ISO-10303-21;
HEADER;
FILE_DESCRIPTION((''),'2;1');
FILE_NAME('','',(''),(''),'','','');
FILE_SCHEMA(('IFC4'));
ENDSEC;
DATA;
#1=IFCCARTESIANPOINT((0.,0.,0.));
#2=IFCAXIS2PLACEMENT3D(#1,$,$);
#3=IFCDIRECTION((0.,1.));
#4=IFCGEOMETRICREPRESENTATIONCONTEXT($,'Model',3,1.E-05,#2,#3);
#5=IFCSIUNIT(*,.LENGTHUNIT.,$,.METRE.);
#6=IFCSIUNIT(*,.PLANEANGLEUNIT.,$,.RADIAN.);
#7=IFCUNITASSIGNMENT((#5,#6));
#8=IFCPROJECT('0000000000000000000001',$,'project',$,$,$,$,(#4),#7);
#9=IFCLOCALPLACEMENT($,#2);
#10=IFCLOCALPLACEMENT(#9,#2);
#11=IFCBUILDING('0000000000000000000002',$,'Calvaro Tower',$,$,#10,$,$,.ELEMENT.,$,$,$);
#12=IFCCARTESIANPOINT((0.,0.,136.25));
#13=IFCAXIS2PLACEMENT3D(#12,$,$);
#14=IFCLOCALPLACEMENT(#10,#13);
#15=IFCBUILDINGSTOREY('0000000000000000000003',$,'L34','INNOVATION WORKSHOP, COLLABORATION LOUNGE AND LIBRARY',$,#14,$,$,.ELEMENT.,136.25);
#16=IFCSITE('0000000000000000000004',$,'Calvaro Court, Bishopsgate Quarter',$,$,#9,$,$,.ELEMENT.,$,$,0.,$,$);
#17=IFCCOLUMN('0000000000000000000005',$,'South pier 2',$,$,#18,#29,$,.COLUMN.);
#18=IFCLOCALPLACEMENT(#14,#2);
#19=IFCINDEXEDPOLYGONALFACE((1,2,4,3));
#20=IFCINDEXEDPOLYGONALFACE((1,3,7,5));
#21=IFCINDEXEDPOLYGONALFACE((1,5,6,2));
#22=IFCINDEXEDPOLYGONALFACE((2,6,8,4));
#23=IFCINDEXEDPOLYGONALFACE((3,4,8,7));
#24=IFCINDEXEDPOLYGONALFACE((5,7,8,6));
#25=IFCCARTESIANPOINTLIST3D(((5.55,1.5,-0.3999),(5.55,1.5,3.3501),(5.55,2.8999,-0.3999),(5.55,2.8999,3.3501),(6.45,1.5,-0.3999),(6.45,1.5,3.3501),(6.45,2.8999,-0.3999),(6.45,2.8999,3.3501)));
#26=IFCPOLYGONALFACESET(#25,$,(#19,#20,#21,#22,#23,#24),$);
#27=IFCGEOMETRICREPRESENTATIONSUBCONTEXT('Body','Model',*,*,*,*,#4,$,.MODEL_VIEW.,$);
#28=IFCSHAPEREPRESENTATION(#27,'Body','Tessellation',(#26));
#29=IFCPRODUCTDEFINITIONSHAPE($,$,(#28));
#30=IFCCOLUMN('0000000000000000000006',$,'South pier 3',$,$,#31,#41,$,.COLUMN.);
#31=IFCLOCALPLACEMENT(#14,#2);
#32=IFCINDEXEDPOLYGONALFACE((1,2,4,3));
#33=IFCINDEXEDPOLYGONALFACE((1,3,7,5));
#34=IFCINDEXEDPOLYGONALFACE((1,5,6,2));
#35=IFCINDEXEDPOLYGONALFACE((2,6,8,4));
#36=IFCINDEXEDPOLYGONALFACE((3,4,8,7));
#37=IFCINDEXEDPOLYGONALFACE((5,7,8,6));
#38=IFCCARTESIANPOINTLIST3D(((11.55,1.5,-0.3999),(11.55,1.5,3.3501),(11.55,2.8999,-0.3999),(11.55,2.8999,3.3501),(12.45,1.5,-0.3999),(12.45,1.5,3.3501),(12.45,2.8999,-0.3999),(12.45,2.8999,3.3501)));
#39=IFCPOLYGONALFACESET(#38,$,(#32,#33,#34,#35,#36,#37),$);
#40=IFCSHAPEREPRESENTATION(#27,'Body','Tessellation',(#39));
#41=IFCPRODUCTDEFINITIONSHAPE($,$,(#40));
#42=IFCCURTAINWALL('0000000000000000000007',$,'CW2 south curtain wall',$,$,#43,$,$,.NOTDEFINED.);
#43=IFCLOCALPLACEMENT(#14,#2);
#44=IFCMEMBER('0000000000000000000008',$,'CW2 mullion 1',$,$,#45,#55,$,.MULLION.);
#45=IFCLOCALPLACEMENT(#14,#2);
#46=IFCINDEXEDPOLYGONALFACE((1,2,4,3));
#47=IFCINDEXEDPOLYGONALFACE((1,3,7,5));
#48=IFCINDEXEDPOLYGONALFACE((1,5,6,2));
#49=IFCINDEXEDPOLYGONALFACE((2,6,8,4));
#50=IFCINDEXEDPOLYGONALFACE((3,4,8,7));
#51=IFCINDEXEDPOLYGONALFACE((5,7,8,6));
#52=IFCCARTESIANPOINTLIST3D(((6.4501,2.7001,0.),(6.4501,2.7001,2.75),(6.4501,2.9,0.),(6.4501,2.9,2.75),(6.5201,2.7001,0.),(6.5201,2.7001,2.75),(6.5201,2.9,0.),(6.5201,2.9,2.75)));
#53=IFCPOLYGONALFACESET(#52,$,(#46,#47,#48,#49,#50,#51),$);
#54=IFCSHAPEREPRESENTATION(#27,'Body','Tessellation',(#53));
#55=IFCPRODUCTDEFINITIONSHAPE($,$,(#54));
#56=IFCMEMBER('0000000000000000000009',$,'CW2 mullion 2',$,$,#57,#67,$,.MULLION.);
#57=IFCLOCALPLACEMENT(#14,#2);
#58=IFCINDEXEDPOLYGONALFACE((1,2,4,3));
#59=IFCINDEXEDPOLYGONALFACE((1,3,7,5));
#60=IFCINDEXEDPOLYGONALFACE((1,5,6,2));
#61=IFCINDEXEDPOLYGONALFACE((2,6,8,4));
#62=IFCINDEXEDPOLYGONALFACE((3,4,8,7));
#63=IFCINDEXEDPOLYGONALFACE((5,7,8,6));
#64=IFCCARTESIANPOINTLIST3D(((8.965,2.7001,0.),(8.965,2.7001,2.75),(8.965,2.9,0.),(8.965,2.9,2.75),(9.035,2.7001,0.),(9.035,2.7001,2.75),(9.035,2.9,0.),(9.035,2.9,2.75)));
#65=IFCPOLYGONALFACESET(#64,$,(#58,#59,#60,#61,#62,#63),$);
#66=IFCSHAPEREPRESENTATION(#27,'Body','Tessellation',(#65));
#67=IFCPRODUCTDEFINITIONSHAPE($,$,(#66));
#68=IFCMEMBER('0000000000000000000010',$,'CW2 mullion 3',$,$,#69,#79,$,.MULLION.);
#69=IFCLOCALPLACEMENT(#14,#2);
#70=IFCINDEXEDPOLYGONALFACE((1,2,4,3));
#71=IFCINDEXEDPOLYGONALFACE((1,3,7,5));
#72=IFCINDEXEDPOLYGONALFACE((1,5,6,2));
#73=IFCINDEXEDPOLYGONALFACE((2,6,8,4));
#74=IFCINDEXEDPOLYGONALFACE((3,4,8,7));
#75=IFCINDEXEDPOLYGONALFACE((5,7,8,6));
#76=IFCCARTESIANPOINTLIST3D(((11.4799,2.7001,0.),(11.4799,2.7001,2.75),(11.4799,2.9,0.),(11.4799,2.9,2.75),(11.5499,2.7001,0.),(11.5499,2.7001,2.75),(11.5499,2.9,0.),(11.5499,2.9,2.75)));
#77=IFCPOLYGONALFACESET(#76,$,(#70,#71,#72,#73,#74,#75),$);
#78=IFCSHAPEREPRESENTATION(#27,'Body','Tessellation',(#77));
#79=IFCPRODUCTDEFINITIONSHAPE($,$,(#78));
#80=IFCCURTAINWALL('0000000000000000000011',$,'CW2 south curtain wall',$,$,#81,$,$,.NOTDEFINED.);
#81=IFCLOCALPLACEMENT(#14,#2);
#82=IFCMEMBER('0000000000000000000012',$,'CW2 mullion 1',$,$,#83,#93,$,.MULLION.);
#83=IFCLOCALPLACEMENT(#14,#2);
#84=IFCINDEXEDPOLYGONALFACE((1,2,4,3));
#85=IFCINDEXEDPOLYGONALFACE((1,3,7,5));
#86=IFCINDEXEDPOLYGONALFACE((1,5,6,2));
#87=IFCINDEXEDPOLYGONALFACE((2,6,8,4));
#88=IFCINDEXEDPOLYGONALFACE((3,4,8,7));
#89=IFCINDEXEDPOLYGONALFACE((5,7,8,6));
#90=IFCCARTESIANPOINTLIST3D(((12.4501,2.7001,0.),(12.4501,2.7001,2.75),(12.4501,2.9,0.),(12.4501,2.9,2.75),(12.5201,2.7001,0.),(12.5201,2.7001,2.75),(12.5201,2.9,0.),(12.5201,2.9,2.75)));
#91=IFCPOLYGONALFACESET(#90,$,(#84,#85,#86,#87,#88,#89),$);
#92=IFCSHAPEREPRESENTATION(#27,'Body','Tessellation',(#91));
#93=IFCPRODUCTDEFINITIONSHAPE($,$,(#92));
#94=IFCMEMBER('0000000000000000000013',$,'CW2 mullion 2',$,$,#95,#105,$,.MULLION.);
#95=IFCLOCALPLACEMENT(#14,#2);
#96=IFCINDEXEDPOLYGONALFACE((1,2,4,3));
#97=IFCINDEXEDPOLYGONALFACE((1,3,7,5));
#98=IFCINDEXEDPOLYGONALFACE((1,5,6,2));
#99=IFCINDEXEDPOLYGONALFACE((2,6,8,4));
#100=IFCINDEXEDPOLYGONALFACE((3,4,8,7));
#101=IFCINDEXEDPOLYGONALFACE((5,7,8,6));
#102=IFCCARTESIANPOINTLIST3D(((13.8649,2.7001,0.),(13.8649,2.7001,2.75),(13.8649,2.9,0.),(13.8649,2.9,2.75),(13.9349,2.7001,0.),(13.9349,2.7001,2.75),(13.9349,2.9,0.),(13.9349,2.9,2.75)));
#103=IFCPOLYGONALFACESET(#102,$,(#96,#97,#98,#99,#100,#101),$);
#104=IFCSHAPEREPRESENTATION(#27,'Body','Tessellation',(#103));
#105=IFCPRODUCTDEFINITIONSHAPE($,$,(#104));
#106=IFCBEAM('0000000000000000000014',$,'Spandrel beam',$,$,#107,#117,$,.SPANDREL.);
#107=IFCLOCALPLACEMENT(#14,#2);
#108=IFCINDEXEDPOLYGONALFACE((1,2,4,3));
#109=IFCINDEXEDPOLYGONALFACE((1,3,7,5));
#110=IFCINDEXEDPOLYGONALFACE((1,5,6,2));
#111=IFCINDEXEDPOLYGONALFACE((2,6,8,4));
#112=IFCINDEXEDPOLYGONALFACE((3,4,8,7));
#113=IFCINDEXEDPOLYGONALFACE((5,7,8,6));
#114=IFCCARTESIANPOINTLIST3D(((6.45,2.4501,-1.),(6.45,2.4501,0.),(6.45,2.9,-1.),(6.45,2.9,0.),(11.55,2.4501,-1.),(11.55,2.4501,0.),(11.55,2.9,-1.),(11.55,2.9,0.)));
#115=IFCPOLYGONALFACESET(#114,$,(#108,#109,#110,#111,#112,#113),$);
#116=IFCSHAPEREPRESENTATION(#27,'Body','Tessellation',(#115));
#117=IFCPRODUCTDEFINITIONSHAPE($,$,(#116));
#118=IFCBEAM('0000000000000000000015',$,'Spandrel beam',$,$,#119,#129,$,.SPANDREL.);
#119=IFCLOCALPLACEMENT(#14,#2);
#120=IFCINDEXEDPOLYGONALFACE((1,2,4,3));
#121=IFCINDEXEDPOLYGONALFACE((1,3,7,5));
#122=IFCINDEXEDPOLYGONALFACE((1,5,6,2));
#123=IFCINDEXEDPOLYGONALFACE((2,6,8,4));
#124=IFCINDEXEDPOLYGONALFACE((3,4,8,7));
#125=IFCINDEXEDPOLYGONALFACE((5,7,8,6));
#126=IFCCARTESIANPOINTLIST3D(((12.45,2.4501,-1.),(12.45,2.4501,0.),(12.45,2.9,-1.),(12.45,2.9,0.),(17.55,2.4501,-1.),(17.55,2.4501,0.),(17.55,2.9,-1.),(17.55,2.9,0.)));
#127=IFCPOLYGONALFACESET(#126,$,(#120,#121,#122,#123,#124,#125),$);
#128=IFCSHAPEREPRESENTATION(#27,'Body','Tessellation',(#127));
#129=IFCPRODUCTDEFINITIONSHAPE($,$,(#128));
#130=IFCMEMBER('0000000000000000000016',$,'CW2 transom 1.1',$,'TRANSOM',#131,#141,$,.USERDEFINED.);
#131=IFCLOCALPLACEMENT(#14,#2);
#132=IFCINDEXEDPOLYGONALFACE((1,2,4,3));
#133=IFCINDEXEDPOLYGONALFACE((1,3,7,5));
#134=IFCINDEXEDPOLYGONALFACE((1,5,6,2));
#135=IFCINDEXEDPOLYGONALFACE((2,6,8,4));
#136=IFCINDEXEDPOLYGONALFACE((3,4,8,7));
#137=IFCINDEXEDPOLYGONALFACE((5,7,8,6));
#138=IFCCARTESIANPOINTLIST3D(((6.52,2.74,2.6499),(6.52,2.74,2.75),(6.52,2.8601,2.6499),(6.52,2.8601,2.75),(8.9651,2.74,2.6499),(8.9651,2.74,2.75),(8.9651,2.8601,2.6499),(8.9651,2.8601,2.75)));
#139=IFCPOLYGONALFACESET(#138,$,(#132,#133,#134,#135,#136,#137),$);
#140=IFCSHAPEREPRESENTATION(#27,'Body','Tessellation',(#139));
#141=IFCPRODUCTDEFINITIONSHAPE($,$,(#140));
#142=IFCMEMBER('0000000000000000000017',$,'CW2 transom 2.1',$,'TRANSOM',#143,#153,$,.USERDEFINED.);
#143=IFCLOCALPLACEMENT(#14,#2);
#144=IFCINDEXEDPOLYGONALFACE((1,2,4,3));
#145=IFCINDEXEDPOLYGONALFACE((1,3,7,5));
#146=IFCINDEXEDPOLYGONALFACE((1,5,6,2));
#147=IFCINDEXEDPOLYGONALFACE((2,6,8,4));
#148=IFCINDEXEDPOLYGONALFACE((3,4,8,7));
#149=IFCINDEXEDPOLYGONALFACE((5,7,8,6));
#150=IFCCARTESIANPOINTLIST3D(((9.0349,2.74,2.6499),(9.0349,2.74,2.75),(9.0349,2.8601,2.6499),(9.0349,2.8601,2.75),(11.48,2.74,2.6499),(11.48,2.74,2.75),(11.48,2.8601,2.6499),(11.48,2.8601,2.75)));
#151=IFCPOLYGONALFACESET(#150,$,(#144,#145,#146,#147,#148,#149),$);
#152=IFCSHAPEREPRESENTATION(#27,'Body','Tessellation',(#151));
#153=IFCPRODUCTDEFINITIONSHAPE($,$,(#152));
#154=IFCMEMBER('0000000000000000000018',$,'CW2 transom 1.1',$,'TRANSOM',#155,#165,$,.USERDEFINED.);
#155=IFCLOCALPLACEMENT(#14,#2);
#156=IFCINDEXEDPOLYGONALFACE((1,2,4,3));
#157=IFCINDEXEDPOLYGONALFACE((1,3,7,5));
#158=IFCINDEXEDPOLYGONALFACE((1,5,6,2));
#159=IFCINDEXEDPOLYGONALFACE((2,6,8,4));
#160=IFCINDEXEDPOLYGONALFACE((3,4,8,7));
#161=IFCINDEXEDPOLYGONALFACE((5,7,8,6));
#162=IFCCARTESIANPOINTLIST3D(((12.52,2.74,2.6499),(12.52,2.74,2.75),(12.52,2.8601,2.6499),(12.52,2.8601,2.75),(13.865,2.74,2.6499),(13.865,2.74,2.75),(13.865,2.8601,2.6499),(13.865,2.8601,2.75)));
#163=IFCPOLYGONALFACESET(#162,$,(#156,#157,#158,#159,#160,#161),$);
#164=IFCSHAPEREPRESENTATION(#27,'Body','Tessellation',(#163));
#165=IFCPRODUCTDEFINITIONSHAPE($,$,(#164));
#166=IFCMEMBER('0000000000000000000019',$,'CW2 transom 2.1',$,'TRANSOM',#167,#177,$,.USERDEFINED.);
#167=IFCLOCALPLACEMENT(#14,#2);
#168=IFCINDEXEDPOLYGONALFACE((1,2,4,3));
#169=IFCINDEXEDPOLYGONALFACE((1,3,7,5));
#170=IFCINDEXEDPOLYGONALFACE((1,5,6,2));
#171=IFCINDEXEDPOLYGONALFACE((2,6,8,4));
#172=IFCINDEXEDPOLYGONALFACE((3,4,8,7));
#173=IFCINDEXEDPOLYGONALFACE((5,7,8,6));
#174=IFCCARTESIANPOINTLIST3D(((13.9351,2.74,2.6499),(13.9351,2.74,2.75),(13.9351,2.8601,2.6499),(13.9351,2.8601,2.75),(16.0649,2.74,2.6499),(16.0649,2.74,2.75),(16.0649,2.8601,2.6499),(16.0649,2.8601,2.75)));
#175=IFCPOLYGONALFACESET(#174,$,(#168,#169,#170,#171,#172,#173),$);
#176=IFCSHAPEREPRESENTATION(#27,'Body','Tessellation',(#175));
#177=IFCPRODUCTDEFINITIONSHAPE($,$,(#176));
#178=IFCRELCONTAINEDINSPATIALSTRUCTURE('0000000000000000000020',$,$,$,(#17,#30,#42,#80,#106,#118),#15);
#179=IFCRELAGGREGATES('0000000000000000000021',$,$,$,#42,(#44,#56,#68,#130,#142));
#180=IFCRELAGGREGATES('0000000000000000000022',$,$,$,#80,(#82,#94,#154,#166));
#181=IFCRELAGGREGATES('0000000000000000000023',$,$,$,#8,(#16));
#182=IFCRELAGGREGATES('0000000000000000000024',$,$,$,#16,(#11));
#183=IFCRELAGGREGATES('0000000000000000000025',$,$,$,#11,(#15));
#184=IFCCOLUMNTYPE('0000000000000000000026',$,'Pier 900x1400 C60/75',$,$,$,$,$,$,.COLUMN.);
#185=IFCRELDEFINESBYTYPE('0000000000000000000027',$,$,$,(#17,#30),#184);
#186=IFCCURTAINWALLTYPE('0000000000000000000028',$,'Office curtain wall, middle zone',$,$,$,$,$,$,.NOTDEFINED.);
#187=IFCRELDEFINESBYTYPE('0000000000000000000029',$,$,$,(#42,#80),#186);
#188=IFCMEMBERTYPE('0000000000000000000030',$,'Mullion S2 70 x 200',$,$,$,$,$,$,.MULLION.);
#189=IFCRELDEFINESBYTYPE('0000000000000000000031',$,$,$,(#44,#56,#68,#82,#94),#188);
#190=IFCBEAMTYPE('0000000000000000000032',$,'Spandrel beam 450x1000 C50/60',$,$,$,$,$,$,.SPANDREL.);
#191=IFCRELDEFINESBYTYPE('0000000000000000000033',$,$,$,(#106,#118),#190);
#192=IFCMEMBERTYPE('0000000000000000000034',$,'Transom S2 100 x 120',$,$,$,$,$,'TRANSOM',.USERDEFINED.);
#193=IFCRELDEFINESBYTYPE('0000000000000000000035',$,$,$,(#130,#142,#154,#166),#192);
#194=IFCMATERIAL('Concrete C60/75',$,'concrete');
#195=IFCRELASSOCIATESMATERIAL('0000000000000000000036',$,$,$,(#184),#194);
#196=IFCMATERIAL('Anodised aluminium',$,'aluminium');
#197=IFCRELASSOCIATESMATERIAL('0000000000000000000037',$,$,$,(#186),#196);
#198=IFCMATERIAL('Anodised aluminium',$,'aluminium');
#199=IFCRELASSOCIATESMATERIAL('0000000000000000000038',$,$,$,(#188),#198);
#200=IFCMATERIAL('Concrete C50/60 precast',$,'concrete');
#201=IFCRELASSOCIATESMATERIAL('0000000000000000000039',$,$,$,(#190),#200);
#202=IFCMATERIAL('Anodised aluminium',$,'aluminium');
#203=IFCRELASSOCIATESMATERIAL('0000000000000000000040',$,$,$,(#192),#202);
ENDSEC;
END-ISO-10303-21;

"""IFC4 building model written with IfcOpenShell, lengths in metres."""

from ifc_helpers import new_model, si_unit, direction, frame, origin, origin_2d, place, context, subcontext, project, spatial, rectangle, extrude, material, material_profile, profile_set, type_object, element, aggregate, save


model = new_model("IFC4")

# Units and contexts
model_context = context("Model", 3, precision=1e-05, world=origin(), true_north=direction((0.0, 1.0)))
body_context = subcontext(model_context, "Body", "Model", "MODEL_VIEW")
ifc_project = project(units=[si_unit("LENGTHUNIT", "METRE"), si_unit("PLANEANGLEUNIT", "RADIAN")], contexts=[model_context])

# Site, building, storey
site_placement = place(None, origin())
site = spatial("IfcSite", under=ifc_project, at=site_placement, Name="Calvaro Court, Bishopsgate Quarter", CompositionType="ELEMENT", RefElevation=0.0)
building_placement = place(site_placement, origin())
building = spatial("IfcBuilding", under=site, at=building_placement, Name="Calvaro Tower", CompositionType="ELEMENT")
storey_placement = place(building_placement, frame((0.0, 0.0, 136.25)))
storey = spatial("IfcBuildingStorey", under=building, at=storey_placement, Name="L34", Description="INNOVATION WORKSHOP, COLLABORATION LOUNGE AND LIBRARY", CompositionType="ELEMENT", Elevation=136.25)

# Columns
ifc_material_1 = material(Name="Concrete C60/75", Category="concrete")
ifc_material_profile_1 = material_profile(ifc_material_1, rectangle(XDim=0.8999, YDim=1.3999, at=origin_2d()), Name="RC 900x1400")
ifc_profile_set_1 = profile_set([ifc_material_profile_1], Name="Concrete C60/75")
column_type = type_object("IfcColumnType", Name="Pier 900x1400 C60/75", PredefinedType="COLUMN", material=ifc_profile_set_1)
for number, where, z_axis, x_axis, name in (
    (1, (6.0, 2.2, -0.3999), (0.0, 0.0, 1.0), (1.0, 0.0, 0.0), "South pier 2"),
    (2, (12.0, 2.2, -0.3999), (0.0, 0.0, 1.0), (1.0, 0.0, 0.0), "South pier 3"),
):
    element("IfcColumn", number, at=place(storey_placement, frame(where, z_axis=z_axis, x_axis=x_axis)), inside=storey, type_object=column_type, Name=name, PredefinedType="COLUMN", context=body_context, shape_type="SweptSolid", body=[
        extrude(rectangle(XDim=0.8999, YDim=1.3999, at=origin_2d()), origin(), (0.0, 0.0, 1.0), 3.75),
    ])

# Curtain walls, members
ifc_material_2 = material(Name="Anodised aluminium", Category="aluminium")
curtain_wall_type = type_object("IfcCurtainWallType", Name="Office curtain wall, middle zone", PredefinedType="NOTDEFINED", material=ifc_material_2)
curtain_wall_1_placement = place(storey_placement, origin())
curtain_wall_1 = element("IfcCurtainWall", 3, at=curtain_wall_1_placement, inside=storey, type_object=curtain_wall_type, Name="CW2 south curtain wall", PredefinedType="NOTDEFINED")
ifc_material_3 = material(Name="Anodised aluminium", Category="aluminium")
ifc_material_profile_2 = material_profile(ifc_material_3, rectangle(XDim=0.2, YDim=0.0701, at=origin_2d()), Name="Mullion S2 70 x 200")
ifc_profile_set_2 = profile_set([ifc_material_profile_2], Name="Anodised aluminium")
member_type_1 = type_object("IfcMemberType", Name="Mullion S2 70 x 200", PredefinedType="MULLION", material=ifc_profile_set_2)
member_1_placement = place(storey_placement, frame((6.4851, 2.8, 0.0), z_axis=(0.0, 0.0, 1.0), x_axis=(0.0, 1.0, 0.0)))
member_1 = element("IfcMember", 4, at=member_1_placement, type_object=member_type_1, Name="CW2 mullion 1", PredefinedType="MULLION", context=body_context, shape_type="SweptSolid", body=[
    extrude(rectangle(XDim=0.2, YDim=0.0701, at=origin_2d()), origin(), (0.0, 0.0, 1.0), 2.75),
])
member_2_placement = place(storey_placement, frame((9.0, 2.8, 0.0), z_axis=(0.0, 0.0, 1.0), x_axis=(0.0, 1.0, 0.0)))
member_2 = element("IfcMember", 5, at=member_2_placement, type_object=member_type_1, Name="CW2 mullion 2", PredefinedType="MULLION", context=body_context, shape_type="SweptSolid", body=[
    extrude(rectangle(XDim=0.2, YDim=0.0701, at=origin_2d()), origin(), (0.0, 0.0, 1.0), 2.75),
])
member_3_placement = place(storey_placement, frame((11.5149, 2.8, 0.0), z_axis=(0.0, 0.0, 1.0), x_axis=(0.0, 1.0, 0.0)))
member_3 = element("IfcMember", 6, at=member_3_placement, type_object=member_type_1, Name="CW2 mullion 3", PredefinedType="MULLION", context=body_context, shape_type="SweptSolid", body=[
    extrude(rectangle(XDim=0.2, YDim=0.0701, at=origin_2d()), origin(), (0.0, 0.0, 1.0), 2.75),
])
curtain_wall_2_placement = place(storey_placement, origin())
curtain_wall_2 = element("IfcCurtainWall", 7, at=curtain_wall_2_placement, inside=storey, type_object=curtain_wall_type, Name="CW2 south curtain wall", PredefinedType="NOTDEFINED")
member_4_placement = place(storey_placement, frame((12.4851, 2.8, 0.0), z_axis=(0.0, 0.0, 1.0), x_axis=(0.0, 1.0, 0.0)))
member_4 = element("IfcMember", 8, at=member_4_placement, type_object=member_type_1, Name="CW2 mullion 1", PredefinedType="MULLION", context=body_context, shape_type="SweptSolid", body=[
    extrude(rectangle(XDim=0.2, YDim=0.0701, at=origin_2d()), origin(), (0.0, 0.0, 1.0), 2.75),
])
member_5_placement = place(storey_placement, frame((13.8999, 2.8, 0.0), z_axis=(0.0, 0.0, 1.0), x_axis=(0.0, 1.0, 0.0)))
member_5 = element("IfcMember", 9, at=member_5_placement, type_object=member_type_1, Name="CW2 mullion 2", PredefinedType="MULLION", context=body_context, shape_type="SweptSolid", body=[
    extrude(rectangle(XDim=0.2, YDim=0.0701, at=origin_2d()), origin(), (0.0, 0.0, 1.0), 2.75),
])

# Beams
ifc_material_4 = material(Name="Concrete C50/60 precast", Category="concrete")
ifc_material_profile_3 = material_profile(ifc_material_4, rectangle(XDim=0.45, YDim=1.0, at=origin_2d()), Name="RC 450x1000")
ifc_profile_set_3 = profile_set([ifc_material_profile_3], Name="Concrete C50/60 precast")
beam_type = type_object("IfcBeamType", Name="Spandrel beam 450x1000 C50/60", PredefinedType="SPANDREL", material=ifc_profile_set_3)
for number, where, z_axis, x_axis, name in (
    (10, (6.45, 2.675, -0.5), (1.0, 0.0, 0.0), (0.0, 1.0, 0.0), "Spandrel beam"),
    (11, (12.45, 2.675, -0.5), (1.0, 0.0, 0.0), (0.0, 1.0, 0.0), "Spandrel beam"),
):
    element("IfcBeam", number, at=place(storey_placement, frame(where, z_axis=z_axis, x_axis=x_axis)), inside=storey, type_object=beam_type, Name=name, PredefinedType="SPANDREL", context=body_context, shape_type="SweptSolid", body=[
        extrude(rectangle(XDim=0.45, YDim=1.0, at=origin_2d()), origin(), (0.0, 0.0, 1.0), 5.1001),
    ])

# Members
ifc_material_5 = material(Name="Anodised aluminium", Category="aluminium")
ifc_material_profile_4 = material_profile(ifc_material_5, rectangle(XDim=0.1201, YDim=0.1001, at=origin_2d()), Name="Transom S2 100 x 120")
ifc_profile_set_4 = profile_set([ifc_material_profile_4], Name="Anodised aluminium")
member_type_2 = type_object("IfcMemberType", Name="Transom S2 100 x 120", ElementType="TRANSOM", PredefinedType="USERDEFINED", material=ifc_profile_set_4)
member_6_placement = place(storey_placement, frame((6.52, 2.8, 2.7), z_axis=(1.0, 0.0, 0.0), x_axis=(0.0, 1.0, 0.0)))
member_6 = element("IfcMember", 12, at=member_6_placement, type_object=member_type_2, Name="CW2 transom 1.1", ObjectType="TRANSOM", PredefinedType="USERDEFINED", context=body_context, shape_type="SweptSolid", body=[
    extrude(rectangle(XDim=0.1201, YDim=0.1001, at=origin_2d()), origin(), (0.0, 0.0, 1.0), 2.4451),
])
member_7_placement = place(storey_placement, frame((9.0349, 2.8, 2.7), z_axis=(1.0, 0.0, 0.0), x_axis=(0.0, 1.0, 0.0)))
member_7 = element("IfcMember", 13, at=member_7_placement, type_object=member_type_2, Name="CW2 transom 2.1", ObjectType="TRANSOM", PredefinedType="USERDEFINED", context=body_context, shape_type="SweptSolid", body=[
    extrude(rectangle(XDim=0.1201, YDim=0.1001, at=origin_2d()), origin(), (0.0, 0.0, 1.0), 2.4451),
])
member_8_placement = place(storey_placement, frame((12.52, 2.8, 2.7), z_axis=(1.0, 0.0, 0.0), x_axis=(0.0, 1.0, 0.0)))
member_8 = element("IfcMember", 14, at=member_8_placement, type_object=member_type_2, Name="CW2 transom 1.1", ObjectType="TRANSOM", PredefinedType="USERDEFINED", context=body_context, shape_type="SweptSolid", body=[
    extrude(rectangle(XDim=0.1201, YDim=0.1001, at=origin_2d()), origin(), (0.0, 0.0, 1.0), 1.345),
])
member_9_placement = place(storey_placement, frame((13.9351, 2.8, 2.7), z_axis=(1.0, 0.0, 0.0), x_axis=(0.0, 1.0, 0.0)))
member_9 = element("IfcMember", 15, at=member_9_placement, type_object=member_type_2, Name="CW2 transom 2.1", ObjectType="TRANSOM", PredefinedType="USERDEFINED", context=body_context, shape_type="SweptSolid", body=[
    extrude(rectangle(XDim=0.1201, YDim=0.1001, at=origin_2d()), origin(), (0.0, 0.0, 1.0), 2.1299),
])

aggregate(curtain_wall_1, [member_1, member_2, member_3, member_6, member_7])
aggregate(curtain_wall_2, [member_4, member_5, member_8, member_9])

save(model, "model.ifc")
